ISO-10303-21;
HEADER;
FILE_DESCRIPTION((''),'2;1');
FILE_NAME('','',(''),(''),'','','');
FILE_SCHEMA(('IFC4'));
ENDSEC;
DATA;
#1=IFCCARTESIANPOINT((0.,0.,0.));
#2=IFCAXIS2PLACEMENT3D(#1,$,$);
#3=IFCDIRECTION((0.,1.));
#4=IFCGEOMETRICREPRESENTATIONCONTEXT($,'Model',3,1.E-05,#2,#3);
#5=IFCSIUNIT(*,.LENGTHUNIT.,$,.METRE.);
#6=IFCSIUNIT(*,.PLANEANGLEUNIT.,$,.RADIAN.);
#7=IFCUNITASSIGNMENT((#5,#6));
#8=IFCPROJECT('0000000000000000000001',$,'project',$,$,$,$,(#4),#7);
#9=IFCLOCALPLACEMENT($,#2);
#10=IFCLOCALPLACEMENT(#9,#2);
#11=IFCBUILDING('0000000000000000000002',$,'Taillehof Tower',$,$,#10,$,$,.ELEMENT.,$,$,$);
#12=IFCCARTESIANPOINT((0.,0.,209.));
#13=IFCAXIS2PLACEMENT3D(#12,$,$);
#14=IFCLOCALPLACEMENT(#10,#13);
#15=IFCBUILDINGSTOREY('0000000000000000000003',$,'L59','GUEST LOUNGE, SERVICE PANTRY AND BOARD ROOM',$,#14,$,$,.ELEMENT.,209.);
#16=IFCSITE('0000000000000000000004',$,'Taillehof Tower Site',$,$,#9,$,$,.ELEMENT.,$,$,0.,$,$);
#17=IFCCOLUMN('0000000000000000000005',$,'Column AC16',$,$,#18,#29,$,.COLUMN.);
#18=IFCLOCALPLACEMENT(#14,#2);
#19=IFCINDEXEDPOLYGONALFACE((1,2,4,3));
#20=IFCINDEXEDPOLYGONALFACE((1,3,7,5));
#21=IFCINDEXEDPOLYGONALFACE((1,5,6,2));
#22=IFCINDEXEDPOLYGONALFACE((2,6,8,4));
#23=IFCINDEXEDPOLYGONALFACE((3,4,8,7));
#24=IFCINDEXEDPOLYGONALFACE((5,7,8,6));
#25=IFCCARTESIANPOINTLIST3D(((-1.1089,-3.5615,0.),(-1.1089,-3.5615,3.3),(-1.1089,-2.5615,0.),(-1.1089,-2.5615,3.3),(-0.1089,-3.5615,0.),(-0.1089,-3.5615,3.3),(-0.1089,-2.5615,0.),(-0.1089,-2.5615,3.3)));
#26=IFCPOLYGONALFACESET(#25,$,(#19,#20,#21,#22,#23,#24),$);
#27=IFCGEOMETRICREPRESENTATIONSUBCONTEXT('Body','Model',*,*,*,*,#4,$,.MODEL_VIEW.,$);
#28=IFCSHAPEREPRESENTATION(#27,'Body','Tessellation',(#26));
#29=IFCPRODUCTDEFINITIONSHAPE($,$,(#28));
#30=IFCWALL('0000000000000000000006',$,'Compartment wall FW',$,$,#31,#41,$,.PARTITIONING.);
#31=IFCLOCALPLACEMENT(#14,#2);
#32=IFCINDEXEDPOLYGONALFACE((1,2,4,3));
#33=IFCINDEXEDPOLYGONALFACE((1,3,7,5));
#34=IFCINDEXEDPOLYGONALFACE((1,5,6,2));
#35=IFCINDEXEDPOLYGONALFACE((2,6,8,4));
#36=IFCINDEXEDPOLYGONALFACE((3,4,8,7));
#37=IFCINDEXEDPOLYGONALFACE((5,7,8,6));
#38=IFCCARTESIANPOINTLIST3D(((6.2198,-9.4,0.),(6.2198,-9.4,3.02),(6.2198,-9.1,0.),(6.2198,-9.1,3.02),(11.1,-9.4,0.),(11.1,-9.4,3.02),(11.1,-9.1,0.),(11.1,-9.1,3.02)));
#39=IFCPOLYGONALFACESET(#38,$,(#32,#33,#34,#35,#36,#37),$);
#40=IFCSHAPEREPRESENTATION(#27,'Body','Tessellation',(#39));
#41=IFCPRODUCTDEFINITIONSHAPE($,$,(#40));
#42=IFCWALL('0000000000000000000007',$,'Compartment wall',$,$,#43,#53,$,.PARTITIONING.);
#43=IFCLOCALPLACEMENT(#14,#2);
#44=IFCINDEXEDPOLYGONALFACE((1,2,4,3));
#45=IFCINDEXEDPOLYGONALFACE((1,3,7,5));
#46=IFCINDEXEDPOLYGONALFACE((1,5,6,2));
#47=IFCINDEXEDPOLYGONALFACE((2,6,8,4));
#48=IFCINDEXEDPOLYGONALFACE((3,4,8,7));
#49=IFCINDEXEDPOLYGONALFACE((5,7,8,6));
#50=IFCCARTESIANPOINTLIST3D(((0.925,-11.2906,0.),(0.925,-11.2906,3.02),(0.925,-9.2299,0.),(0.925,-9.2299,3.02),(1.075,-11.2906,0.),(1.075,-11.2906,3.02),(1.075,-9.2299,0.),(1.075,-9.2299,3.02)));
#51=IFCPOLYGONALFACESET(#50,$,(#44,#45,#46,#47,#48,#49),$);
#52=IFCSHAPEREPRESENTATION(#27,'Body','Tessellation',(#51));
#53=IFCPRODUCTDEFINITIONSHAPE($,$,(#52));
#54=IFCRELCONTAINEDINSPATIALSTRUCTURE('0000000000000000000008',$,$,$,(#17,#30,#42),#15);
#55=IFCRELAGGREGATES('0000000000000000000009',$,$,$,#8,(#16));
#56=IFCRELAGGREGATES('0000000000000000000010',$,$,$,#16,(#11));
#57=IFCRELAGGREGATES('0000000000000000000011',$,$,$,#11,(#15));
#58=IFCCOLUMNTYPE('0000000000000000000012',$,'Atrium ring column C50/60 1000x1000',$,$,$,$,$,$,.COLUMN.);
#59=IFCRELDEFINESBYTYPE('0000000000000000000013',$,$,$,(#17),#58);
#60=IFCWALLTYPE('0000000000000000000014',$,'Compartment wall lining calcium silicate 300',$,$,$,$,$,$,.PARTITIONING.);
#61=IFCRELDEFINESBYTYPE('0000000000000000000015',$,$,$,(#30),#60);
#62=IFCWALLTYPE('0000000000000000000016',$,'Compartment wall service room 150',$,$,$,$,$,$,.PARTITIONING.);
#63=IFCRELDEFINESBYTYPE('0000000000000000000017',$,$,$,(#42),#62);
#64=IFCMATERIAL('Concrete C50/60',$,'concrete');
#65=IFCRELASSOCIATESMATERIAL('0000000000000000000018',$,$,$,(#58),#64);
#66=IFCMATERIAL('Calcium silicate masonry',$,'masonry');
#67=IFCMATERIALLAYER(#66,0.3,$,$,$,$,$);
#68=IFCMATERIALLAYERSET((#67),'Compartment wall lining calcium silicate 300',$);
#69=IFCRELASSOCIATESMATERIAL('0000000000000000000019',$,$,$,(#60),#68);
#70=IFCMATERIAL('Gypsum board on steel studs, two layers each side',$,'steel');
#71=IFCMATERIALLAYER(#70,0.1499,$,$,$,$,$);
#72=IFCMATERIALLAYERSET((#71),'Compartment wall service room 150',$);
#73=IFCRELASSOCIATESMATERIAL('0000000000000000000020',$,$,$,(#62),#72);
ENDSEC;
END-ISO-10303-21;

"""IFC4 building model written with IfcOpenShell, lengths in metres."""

from ifc_helpers import new_model, si_unit, direction, frame, frame_2d, origin, origin_2d, place, context, subcontext, project, spatial, rectangle, extrude, material, layer, layer_set, material_profile, profile_set, type_object, element, save


model = new_model("IFC4")

# Units and contexts
model_context = context("Model", 3, precision=1e-05, world=origin(), true_north=direction((0.0, 1.0)))
body_context = subcontext(model_context, "Body", "Model", "MODEL_VIEW")
ifc_project = project(units=[si_unit("LENGTHUNIT", "METRE"), si_unit("PLANEANGLEUNIT", "RADIAN")], contexts=[model_context])

# Site, building, storey
site_placement = place(None, origin())
site = spatial("IfcSite", under=ifc_project, at=site_placement, Name="Taillehof Tower Site", CompositionType="ELEMENT", RefElevation=0.0)
building_placement = place(site_placement, origin())
building = spatial("IfcBuilding", under=site, at=building_placement, Name="Taillehof Tower", CompositionType="ELEMENT")
storey_placement = place(building_placement, frame((0.0, 0.0, 209.0)))
storey = spatial("IfcBuildingStorey", under=building, at=storey_placement, Name="L59", Description="GUEST LOUNGE, SERVICE PANTRY AND BOARD ROOM", CompositionType="ELEMENT", Elevation=209.0)

# Column
ifc_material_1 = material(Name="Concrete C50/60", Category="concrete")
ifc_material_profile = material_profile(ifc_material_1, rectangle(XDim=1.0, YDim=1.0, at=origin_2d()), Name="RC 1000x1000")
ifc_profile_set = profile_set([ifc_material_profile], Name="Concrete C50/60")
column_type = type_object("IfcColumnType", Name="Atrium ring column C50/60 1000x1000", PredefinedType="COLUMN", material=ifc_profile_set)
column_placement = place(storey_placement, frame((-0.6089, -3.0615, 0.0), z_axis=(0.0, 0.0, 1.0), x_axis=(1.0, 0.0, 0.0)))
element("IfcColumn", 1, at=column_placement, inside=storey, type_object=column_type, Name="Column AC16", PredefinedType="COLUMN", context=body_context, shape_type="SweptSolid", body=[
    extrude(rectangle(XDim=1.0, YDim=1.0, at=origin_2d()), origin(), (0.0, 0.0, 1.0), 3.3),
])

# Walls
ifc_material_2 = material(Name="Calcium silicate masonry", Category="masonry")
ifc_layer_1 = layer(ifc_material_2, 0.3)
ifc_layer_set_1 = layer_set([ifc_layer_1], Name="Compartment wall lining calcium silicate 300")
wall_type_1 = type_object("IfcWallType", Name="Compartment wall lining calcium silicate 300", PredefinedType="PARTITIONING", material=ifc_layer_set_1)
wall_1_placement = place(storey_placement, frame((6.22, -9.25, 0.0), z_axis=(0.0, 0.0, 1.0), x_axis=(1.0, 0.0, 0.0)))
element("IfcWall", 2, at=wall_1_placement, inside=storey, type_object=wall_type_1, Name="Compartment wall FW", PredefinedType="PARTITIONING", context=body_context, shape_type="SweptSolid", body=[
    extrude(rectangle(XDim=4.8801, YDim=0.3, at=frame_2d((2.4399, 0.0))), origin(), (0.0, 0.0, 1.0), 3.02),
])
ifc_material_3 = material(Name="Gypsum board on steel studs, two layers each side", Category="steel")
ifc_layer_2 = layer(ifc_material_3, 0.1499)
ifc_layer_set_2 = layer_set([ifc_layer_2], Name="Compartment wall service room 150")
wall_type_2 = type_object("IfcWallType", Name="Compartment wall service room 150", PredefinedType="PARTITIONING", material=ifc_layer_set_2)
wall_2_placement = place(storey_placement, frame((1.0, -9.23, 0.0), z_axis=(0.0, 0.0, 1.0), x_axis=(0.0, -1.0, 0.0)))
element("IfcWall", 3, at=wall_2_placement, inside=storey, type_object=wall_type_2, Name="Compartment wall", PredefinedType="PARTITIONING", context=body_context, shape_type="SweptSolid", body=[
    extrude(rectangle(XDim=2.0608, YDim=0.1499, at=frame_2d((1.0303, 0.0))), origin(), (0.0, 0.0, 1.0), 3.02),
])

save(model, "model.ifc")
